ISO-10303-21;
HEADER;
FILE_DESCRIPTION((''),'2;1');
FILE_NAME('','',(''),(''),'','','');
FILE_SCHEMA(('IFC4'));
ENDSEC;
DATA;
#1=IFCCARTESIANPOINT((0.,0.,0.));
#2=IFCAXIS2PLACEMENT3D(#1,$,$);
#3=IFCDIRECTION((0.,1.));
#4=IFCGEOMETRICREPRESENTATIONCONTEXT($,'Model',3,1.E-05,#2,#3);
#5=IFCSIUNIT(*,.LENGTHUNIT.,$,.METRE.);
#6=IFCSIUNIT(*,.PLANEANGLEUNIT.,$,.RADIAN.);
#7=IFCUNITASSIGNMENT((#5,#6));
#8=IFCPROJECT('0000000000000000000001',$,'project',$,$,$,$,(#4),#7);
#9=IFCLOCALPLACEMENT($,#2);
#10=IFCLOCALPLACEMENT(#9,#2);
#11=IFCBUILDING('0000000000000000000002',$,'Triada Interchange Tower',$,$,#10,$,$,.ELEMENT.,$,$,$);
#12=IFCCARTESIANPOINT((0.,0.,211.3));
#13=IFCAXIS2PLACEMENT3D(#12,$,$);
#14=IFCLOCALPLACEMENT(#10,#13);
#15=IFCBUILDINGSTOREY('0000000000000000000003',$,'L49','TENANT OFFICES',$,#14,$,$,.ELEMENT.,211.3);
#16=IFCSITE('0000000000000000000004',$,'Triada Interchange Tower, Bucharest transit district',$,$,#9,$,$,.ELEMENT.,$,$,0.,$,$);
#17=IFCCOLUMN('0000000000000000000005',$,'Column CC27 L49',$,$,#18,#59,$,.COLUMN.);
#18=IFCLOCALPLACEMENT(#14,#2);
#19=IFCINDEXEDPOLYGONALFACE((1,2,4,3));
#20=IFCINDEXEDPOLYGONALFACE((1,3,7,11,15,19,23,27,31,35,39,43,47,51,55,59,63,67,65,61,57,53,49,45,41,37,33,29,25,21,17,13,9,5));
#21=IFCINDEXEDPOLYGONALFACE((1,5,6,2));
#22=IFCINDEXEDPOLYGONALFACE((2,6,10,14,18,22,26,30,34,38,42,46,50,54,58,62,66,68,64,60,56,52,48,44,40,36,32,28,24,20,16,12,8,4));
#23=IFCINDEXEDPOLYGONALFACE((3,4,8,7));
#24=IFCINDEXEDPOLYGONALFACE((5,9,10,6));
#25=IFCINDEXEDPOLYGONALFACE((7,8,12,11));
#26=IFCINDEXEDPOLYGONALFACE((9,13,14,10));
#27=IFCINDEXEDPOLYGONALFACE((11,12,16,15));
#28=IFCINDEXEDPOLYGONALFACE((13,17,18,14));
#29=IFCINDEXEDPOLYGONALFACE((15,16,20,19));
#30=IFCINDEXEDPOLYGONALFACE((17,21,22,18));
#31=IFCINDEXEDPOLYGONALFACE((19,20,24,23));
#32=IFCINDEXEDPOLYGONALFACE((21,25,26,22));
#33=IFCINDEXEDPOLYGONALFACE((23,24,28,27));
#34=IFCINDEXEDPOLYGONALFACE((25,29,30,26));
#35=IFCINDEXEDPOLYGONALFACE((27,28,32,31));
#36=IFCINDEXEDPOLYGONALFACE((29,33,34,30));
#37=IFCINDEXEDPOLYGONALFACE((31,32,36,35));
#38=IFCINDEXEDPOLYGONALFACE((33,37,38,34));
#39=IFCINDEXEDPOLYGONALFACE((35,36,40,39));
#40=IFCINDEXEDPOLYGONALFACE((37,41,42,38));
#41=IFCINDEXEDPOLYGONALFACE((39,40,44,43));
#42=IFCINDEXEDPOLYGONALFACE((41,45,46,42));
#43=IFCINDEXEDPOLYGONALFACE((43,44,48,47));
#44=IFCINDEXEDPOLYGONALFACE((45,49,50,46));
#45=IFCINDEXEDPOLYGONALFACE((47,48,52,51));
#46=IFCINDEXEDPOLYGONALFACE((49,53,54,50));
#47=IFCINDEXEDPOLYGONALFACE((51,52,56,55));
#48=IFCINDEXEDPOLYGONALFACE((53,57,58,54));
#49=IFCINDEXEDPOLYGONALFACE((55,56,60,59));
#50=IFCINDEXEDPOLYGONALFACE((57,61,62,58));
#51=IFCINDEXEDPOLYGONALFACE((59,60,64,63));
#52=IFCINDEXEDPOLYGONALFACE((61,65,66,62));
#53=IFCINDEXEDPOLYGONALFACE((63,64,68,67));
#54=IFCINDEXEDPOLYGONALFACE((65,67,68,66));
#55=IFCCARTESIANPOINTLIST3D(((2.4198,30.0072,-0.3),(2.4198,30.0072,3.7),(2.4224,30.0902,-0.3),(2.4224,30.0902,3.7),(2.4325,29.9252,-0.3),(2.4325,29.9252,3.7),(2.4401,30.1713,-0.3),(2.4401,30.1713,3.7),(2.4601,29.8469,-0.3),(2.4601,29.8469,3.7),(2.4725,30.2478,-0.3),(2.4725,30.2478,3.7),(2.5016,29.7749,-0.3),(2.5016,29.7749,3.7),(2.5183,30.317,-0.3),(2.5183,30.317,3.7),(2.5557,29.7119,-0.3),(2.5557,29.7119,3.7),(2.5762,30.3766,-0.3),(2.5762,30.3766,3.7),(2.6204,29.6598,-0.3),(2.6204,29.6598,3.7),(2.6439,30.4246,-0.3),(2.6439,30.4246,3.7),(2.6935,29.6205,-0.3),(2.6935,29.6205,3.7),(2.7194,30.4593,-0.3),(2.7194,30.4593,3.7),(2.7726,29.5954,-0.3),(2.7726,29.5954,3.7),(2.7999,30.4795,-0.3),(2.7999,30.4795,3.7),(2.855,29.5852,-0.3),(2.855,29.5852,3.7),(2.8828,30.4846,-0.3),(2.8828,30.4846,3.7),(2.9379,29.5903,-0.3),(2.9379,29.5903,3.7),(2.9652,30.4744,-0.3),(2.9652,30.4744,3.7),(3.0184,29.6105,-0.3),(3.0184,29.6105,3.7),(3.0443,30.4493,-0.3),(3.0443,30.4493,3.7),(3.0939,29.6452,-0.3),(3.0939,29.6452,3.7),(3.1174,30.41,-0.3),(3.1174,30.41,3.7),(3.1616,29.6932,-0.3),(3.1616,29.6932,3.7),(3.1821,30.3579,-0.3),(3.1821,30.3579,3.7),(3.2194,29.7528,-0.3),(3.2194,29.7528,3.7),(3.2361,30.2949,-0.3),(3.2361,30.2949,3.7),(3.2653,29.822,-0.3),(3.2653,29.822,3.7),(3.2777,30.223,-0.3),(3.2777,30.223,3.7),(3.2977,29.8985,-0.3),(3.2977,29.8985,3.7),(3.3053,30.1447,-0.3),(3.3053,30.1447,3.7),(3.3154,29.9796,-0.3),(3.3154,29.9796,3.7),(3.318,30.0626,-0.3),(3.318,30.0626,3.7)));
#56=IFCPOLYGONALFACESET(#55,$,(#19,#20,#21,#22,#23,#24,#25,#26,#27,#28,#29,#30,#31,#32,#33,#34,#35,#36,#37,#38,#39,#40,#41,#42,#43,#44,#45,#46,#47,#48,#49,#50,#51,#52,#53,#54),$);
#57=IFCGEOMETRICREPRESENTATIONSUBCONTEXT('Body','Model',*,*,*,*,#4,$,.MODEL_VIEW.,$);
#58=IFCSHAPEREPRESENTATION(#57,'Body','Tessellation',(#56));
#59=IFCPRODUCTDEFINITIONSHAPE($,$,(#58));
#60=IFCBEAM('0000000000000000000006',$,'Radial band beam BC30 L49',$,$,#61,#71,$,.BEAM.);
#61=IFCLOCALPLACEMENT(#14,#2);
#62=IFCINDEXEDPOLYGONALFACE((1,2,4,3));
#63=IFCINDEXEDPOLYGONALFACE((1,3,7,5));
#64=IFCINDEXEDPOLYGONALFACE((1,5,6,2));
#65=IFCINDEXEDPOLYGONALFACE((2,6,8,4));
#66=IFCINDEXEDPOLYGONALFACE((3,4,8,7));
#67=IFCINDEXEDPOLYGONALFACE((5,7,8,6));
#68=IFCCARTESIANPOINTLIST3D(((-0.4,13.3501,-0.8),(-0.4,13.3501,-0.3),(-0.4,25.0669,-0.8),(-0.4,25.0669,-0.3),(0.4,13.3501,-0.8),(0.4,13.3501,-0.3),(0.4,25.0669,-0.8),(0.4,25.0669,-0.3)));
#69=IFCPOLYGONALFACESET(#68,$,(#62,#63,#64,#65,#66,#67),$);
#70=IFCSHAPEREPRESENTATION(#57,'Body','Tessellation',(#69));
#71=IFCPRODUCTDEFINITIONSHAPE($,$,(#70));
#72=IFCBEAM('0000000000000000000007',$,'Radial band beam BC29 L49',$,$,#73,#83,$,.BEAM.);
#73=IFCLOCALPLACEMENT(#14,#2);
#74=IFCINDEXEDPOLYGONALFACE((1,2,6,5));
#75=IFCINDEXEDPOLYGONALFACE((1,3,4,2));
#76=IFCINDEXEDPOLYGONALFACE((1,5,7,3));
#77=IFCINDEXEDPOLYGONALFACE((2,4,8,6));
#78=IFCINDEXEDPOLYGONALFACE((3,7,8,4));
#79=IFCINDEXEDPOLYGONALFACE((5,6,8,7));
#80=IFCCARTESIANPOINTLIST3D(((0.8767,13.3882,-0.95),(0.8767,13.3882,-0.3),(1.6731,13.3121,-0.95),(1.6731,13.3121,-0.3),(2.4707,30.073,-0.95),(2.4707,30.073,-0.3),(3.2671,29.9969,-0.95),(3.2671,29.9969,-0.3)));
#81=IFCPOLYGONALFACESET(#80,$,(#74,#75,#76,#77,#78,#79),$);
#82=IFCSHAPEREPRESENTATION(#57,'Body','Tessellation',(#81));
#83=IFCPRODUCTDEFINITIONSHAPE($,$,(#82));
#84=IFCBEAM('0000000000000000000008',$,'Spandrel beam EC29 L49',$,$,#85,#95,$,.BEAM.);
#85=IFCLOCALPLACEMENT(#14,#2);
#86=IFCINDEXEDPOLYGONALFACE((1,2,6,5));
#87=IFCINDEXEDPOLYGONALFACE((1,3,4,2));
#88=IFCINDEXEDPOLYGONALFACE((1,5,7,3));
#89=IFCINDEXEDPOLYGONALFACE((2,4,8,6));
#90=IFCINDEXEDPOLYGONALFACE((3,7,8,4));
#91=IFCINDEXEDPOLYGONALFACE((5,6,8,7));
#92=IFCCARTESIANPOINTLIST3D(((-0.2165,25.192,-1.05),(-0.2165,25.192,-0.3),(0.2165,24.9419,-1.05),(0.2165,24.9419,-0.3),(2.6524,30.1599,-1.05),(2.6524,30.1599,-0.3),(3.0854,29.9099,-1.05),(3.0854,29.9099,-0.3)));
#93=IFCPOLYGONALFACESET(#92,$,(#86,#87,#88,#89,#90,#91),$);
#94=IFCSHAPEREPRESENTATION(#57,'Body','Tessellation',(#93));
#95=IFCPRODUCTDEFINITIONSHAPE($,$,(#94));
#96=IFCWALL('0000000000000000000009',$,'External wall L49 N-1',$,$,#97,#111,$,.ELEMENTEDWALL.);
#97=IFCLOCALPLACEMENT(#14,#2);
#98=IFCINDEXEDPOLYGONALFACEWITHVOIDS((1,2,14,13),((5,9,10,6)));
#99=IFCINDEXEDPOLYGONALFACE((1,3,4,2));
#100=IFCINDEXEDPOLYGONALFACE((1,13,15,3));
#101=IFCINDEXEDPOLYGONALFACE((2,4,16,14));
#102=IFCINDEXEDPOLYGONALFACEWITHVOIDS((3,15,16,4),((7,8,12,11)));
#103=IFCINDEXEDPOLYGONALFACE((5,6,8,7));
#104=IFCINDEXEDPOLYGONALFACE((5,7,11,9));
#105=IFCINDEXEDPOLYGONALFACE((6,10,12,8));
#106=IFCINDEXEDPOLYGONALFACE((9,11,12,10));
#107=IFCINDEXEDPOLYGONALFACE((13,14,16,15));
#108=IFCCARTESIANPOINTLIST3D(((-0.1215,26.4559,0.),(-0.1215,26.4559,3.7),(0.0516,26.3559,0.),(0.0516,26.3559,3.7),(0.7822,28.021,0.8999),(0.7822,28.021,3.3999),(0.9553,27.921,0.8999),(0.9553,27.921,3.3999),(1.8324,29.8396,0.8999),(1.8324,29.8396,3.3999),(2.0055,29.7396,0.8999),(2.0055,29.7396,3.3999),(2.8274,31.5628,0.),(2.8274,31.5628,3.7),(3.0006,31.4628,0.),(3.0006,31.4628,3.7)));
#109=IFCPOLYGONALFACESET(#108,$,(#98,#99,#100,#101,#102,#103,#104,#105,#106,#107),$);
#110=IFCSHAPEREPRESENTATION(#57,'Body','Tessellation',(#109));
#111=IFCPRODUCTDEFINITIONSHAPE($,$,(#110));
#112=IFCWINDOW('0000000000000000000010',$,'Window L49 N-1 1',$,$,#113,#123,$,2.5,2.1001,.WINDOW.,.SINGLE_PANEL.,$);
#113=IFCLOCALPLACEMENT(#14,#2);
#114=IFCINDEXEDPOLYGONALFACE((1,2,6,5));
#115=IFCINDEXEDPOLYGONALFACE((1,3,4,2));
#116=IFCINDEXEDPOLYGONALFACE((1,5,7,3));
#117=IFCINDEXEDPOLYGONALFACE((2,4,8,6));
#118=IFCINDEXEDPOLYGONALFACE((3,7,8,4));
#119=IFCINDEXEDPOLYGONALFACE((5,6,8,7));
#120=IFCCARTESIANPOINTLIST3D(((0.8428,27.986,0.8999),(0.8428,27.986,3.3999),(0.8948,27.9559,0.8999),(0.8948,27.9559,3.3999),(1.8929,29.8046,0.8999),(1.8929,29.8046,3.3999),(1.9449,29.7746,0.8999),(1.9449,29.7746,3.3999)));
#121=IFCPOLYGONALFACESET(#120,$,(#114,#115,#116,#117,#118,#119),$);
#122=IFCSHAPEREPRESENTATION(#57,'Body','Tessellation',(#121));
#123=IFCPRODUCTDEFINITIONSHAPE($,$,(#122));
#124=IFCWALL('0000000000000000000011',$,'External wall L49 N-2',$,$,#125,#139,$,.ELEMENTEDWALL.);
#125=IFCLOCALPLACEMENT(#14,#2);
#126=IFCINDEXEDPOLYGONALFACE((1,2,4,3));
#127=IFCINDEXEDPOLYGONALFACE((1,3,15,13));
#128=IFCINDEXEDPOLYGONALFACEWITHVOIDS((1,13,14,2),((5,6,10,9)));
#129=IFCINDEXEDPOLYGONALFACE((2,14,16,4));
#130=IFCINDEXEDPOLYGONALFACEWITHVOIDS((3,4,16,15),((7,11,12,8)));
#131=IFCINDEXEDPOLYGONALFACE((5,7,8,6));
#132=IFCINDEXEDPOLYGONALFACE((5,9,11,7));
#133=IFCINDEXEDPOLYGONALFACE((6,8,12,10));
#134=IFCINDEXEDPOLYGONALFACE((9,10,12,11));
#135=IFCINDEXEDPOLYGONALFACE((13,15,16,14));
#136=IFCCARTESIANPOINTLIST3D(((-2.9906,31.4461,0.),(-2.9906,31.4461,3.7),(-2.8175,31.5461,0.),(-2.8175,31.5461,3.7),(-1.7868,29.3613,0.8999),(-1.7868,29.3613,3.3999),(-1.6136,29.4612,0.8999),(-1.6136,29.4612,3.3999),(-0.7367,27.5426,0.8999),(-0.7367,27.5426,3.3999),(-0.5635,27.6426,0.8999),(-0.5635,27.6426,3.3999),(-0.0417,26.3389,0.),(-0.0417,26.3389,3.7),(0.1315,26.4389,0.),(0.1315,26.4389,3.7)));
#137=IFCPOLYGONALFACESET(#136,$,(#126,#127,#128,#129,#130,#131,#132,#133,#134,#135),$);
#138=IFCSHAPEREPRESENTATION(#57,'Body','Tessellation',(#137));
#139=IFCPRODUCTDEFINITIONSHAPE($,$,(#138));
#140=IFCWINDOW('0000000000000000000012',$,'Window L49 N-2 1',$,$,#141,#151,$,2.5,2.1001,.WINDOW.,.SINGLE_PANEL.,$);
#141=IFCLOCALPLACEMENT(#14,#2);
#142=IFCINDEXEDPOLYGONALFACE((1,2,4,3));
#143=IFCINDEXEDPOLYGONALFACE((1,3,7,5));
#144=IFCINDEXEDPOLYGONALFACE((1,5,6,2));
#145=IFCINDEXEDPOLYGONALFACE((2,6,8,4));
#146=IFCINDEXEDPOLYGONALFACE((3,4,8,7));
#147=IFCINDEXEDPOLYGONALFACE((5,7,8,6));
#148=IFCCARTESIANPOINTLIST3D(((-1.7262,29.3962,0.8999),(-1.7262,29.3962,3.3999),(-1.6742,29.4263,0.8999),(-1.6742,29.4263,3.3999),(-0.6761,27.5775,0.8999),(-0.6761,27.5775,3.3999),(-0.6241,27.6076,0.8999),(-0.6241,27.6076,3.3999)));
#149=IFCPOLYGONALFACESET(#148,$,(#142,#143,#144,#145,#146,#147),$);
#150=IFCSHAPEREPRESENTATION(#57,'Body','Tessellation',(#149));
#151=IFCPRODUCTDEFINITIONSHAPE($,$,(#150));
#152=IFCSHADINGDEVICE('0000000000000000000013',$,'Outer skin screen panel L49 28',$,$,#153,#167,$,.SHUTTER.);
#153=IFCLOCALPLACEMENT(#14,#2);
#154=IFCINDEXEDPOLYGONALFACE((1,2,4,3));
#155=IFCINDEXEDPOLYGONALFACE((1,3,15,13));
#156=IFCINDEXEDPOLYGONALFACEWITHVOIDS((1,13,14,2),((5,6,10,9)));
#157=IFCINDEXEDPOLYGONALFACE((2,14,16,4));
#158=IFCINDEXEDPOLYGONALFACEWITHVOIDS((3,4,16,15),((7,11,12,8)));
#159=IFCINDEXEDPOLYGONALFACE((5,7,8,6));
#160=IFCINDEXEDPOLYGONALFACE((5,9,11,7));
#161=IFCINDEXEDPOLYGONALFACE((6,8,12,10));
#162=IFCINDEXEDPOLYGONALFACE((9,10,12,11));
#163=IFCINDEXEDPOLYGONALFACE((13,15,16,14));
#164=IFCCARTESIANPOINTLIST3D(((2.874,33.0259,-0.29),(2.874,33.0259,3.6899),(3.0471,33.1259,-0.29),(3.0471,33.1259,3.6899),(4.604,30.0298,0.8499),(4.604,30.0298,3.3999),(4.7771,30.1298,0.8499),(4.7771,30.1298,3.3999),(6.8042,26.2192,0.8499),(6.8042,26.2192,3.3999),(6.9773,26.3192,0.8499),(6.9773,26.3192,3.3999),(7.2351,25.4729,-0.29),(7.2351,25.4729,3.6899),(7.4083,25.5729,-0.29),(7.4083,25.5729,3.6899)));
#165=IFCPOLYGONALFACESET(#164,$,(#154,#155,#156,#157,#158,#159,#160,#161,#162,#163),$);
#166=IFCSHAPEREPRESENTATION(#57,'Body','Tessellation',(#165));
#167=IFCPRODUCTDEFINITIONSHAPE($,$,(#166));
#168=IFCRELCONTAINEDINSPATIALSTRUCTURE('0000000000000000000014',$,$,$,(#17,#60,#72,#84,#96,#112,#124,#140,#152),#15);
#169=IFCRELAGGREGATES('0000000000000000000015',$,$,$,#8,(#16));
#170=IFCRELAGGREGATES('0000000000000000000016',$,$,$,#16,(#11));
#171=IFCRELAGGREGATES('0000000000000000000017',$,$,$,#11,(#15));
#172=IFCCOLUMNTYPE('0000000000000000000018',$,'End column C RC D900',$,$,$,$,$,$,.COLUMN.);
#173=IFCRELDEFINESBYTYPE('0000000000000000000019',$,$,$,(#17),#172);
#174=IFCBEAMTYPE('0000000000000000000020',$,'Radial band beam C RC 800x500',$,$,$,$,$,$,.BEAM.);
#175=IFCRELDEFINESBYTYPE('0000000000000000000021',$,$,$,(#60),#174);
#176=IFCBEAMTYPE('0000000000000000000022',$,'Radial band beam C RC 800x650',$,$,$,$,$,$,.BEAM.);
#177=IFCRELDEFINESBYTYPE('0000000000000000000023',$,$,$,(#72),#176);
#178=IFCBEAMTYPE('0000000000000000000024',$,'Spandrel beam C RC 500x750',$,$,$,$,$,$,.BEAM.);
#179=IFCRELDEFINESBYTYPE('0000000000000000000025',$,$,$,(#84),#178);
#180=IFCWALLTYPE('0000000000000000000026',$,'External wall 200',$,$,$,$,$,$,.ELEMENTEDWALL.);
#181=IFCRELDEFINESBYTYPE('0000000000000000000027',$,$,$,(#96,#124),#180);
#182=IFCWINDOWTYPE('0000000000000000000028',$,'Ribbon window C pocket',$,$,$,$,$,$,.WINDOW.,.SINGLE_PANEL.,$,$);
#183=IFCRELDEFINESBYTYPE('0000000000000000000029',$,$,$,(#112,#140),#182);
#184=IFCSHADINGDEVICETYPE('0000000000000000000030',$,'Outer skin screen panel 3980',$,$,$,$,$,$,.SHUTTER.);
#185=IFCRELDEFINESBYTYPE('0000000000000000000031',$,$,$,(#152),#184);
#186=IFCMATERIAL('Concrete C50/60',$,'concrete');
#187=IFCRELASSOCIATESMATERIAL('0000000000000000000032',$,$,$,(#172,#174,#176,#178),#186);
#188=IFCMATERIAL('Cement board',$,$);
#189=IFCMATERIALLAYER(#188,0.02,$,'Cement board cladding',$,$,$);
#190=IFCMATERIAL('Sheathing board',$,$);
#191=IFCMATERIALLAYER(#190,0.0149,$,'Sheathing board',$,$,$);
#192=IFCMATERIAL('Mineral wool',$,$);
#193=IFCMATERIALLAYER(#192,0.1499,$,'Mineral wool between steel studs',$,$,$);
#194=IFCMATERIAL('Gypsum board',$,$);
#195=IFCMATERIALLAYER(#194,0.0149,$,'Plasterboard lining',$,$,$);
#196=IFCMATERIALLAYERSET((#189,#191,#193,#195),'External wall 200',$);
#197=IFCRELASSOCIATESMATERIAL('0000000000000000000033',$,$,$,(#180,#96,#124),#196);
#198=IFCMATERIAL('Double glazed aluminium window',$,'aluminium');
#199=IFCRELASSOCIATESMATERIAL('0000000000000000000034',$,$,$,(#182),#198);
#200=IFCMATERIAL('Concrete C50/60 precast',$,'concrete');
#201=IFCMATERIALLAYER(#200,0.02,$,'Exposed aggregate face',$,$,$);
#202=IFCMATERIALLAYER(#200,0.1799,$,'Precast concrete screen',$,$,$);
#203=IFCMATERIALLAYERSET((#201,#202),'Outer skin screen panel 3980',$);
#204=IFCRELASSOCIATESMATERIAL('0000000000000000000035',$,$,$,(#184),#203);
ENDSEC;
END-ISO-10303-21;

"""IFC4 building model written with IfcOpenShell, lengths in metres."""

from ifc_helpers import new_model, si_unit, direction, frame, frame_2d, origin, origin_2d, place, context, subcontext, project, spatial, polyline, rectangle, circle, outline, extrude, material, layer, layer_set, layer_usage, material_profile, profile_set, type_object, element, fill, save


model = new_model("IFC4")

# Units and contexts
model_context = context("Model", 3, precision=1e-05, world=origin(), true_north=direction((0.0, 1.0)))
body_context = subcontext(model_context, "Body", "Model", "MODEL_VIEW")
ifc_project = project(units=[si_unit("LENGTHUNIT", "METRE"), si_unit("PLANEANGLEUNIT", "RADIAN")], contexts=[model_context])

# Site, building, storey
site_placement = place(None, origin())
site = spatial("IfcSite", under=ifc_project, at=site_placement, Name="Triada Interchange Tower, Bucharest transit district", CompositionType="ELEMENT", RefElevation=0.0)
building_placement = place(site_placement, origin())
building = spatial("IfcBuilding", under=site, at=building_placement, Name="Triada Interchange Tower", CompositionType="ELEMENT")
storey_placement = place(building_placement, frame((0.0, 0.0, 211.3)))
storey = spatial("IfcBuildingStorey", under=building, at=storey_placement, Name="L49", Description="TENANT OFFICES", CompositionType="ELEMENT", Elevation=211.3)

# Column
ifc_material_1 = material(Name="Concrete C50/60", Category="concrete")
ifc_material_profile_1 = material_profile(ifc_material_1, circle(Radius=0.45, at=origin_2d()), Name="RC D900")
ifc_profile_set_1 = profile_set([ifc_material_profile_1], Name="Concrete C50/60")
column_type = type_object("IfcColumnType", Name="End column C RC D900", PredefinedType="COLUMN", material=ifc_profile_set_1)
column_placement = place(storey_placement, frame((2.8689, 30.0349, -0.3), z_axis=(0.0, 0.0, 1.0), x_axis=(-0.5, 0.866025, 0.0)))
element("IfcColumn", 1, at=column_placement, inside=storey, type_object=column_type, Name="Column CC27 L49", PredefinedType="COLUMN", context=body_context, shape_type="SweptSolid", body=[
    extrude(circle(Radius=0.45, at=origin_2d()), origin(), (0.0, 0.0, 1.0), 4.0),
])

# Beams
ifc_material_profile_2 = material_profile(ifc_material_1, rectangle(XDim=0.8, YDim=0.5, at=origin_2d()), Name="RC 800x500")
ifc_profile_set_2 = profile_set([ifc_material_profile_2], Name="Concrete C50/60")
beam_type_1 = type_object("IfcBeamType", Name="Radial band beam C RC 800x500", PredefinedType="BEAM", material=ifc_profile_set_2)
beam_1_placement = place(storey_placement, frame((0.0, 25.0669, -0.55), z_axis=(0.0, -1.0, 0.0), x_axis=(1.0, 0.0, 0.0)))
element("IfcBeam", 2, at=beam_1_placement, inside=storey, type_object=beam_type_1, Name="Radial band beam BC30 L49", PredefinedType="BEAM", context=body_context, shape_type="SweptSolid", body=[
    extrude(rectangle(XDim=0.8, YDim=0.5, at=origin_2d()), origin(), (0.0, 0.0, 1.0), 11.7168),
])
ifc_material_profile_3 = material_profile(ifc_material_1, rectangle(XDim=0.8, YDim=0.6499, at=origin_2d()), Name="RC 800x650")
ifc_profile_set_3 = profile_set([ifc_material_profile_3], Name="Concrete C50/60")
beam_type_2 = type_object("IfcBeamType", Name="Radial band beam C RC 800x650", PredefinedType="BEAM", material=ifc_profile_set_3)
beam_2_placement = place(storey_placement, frame((2.8689, 30.0349, -0.625), z_axis=(-0.095103, -0.995467, 0.0), x_axis=(0.995467, -0.095103, 0.0)))
element("IfcBeam", 3, at=beam_2_placement, inside=storey, type_object=beam_type_2, Name="Radial band beam BC29 L49", PredefinedType="BEAM", context=body_context, shape_type="SweptSolid", body=[
    extrude(rectangle(XDim=0.8, YDim=0.6499, at=origin_2d()), origin(), (0.0, 0.0, 1.0), 16.7607),
])
ifc_material_profile_4 = material_profile(ifc_material_1, rectangle(XDim=0.5, YDim=0.75, at=origin_2d()), Name="RC 500x750")
ifc_profile_set_4 = profile_set([ifc_material_profile_4], Name="Concrete C50/60")
beam_type_3 = type_object("IfcBeamType", Name="Spandrel beam C RC 500x750", PredefinedType="BEAM", material=ifc_profile_set_4)
beam_3_placement = place(storey_placement, frame((2.8689, 30.0349, -0.675), z_axis=(-0.50008, -0.865979, 0.0), x_axis=(0.865979, -0.50008, 0.0)))
element("IfcBeam", 4, at=beam_3_placement, inside=storey, type_object=beam_type_3, Name="Spandrel beam EC29 L49", PredefinedType="BEAM", context=body_context, shape_type="SweptSolid", body=[
    extrude(rectangle(XDim=0.5, YDim=0.75, at=origin_2d()), origin(), (0.0, 0.0, 1.0), 5.7368),
])

# Walls, openings, windows
ifc_material_2 = material(Name="Cement board")
ifc_layer_1 = layer(ifc_material_2, 0.02, Name="Cement board cladding")
ifc_material_3 = material(Name="Sheathing board")
ifc_layer_2 = layer(ifc_material_3, 0.0149, Name="Sheathing board")
ifc_material_4 = material(Name="Mineral wool")
ifc_layer_3 = layer(ifc_material_4, 0.1499, Name="Mineral wool between steel studs")
ifc_material_5 = material(Name="Gypsum board")
ifc_layer_4 = layer(ifc_material_5, 0.0149, Name="Plasterboard lining")
ifc_layer_set_1 = layer_set([ifc_layer_1, ifc_layer_2, ifc_layer_3, ifc_layer_4], Name="External wall 200")
ifc_layer_usage = layer_usage(ifc_layer_set_1, "AXIS2", "POSITIVE", -0.1001)
wall_type = type_object("IfcWallType", Name="External wall 200", PredefinedType="ELEMENTEDWALL", material=ifc_layer_set_1)
wall_1_placement = place(storey_placement, frame((2.9141, 31.5129, 0.0), z_axis=(0.0, 0.0, 1.0), x_axis=(-0.500062, -0.86599, 0.0)))
wall_1 = element("IfcWall", 5, at=wall_1_placement, inside=storey, type_object=wall_type, material=ifc_layer_usage, Name="External wall L49 N-1", PredefinedType="ELEMENTEDWALL", context=body_context, shape_type="SweptSolid", body=[
    extrude(rectangle(XDim=5.8972, YDim=0.2, at=frame_2d((2.9487, 0.0))), origin(), (0.0, 0.0, 1.0), 3.7),
])
opening_1_placement = place(wall_1_placement, frame((1.99, 0.0, 0.8999)))
opening_1 = element("IfcOpeningElement", 6, at=opening_1_placement, cuts=wall_1, PredefinedType="OPENING", context=body_context, shape_type="SweptSolid", body=[
    extrude(rectangle(XDim=2.1001, YDim=2.5, at=frame_2d((1.05, 1.25))), frame((0.0, 0.1099, 0.0), z_axis=(0.0, -1.0, 0.0), x_axis=(1.0, 0.0, 0.0)), (0.0, 0.0, 1.0), 0.22),
])
ifc_material_6 = material(Name="Double glazed aluminium window", Category="aluminium")
window_type = type_object("IfcWindowType", Name="Ribbon window C pocket", PartitioningType="SINGLE_PANEL", PredefinedType="WINDOW", material=ifc_material_6)
window_1_placement = place(opening_1_placement, origin())
window_1 = element("IfcWindow", 7, at=window_1_placement, inside=storey, type_object=window_type, Name="Window L49 N-1 1", OverallHeight=2.5, OverallWidth=2.1001, PartitioningType="SINGLE_PANEL", PredefinedType="WINDOW", context=body_context, shape_type="SweptSolid", body=[
    extrude(rectangle(XDim=2.1001, YDim=2.5, at=frame_2d((1.05, 1.25))), frame((0.0, 0.03, 0.0), z_axis=(0.0, -1.0, 0.0), x_axis=(1.0, 0.0, 0.0)), (0.0, 0.0, 1.0), 0.0601),
])
fill(opening_1, window_1)
wall_2_placement = place(storey_placement, frame((0.0449, 26.3889, 0.0), z_axis=(0.0, 0.0, 1.0), x_axis=(-0.500044, 0.866, 0.0)))
wall_2 = element("IfcWall", 8, at=wall_2_placement, inside=storey, type_object=wall_type, material=ifc_layer_usage, Name="External wall L49 N-2", PredefinedType="ELEMENTEDWALL", context=body_context, shape_type="SweptSolid", body=[
    extrude(rectangle(XDim=5.8975, YDim=0.2, at=frame_2d((2.9487, 0.0))), origin(), (0.0, 0.0, 1.0), 3.7),
])
opening_2_placement = place(wall_2_placement, frame((1.3899, 0.0, 0.8999)))
opening_2 = element("IfcOpeningElement", 9, at=opening_2_placement, cuts=wall_2, PredefinedType="OPENING", context=body_context, shape_type="SweptSolid", body=[
    extrude(rectangle(XDim=2.1001, YDim=2.5, at=frame_2d((1.05, 1.25))), frame((0.0, 0.1099, 0.0), z_axis=(0.0, -1.0, 0.0), x_axis=(1.0, 0.0, 0.0)), (0.0, 0.0, 1.0), 0.22),
])
window_2_placement = place(opening_2_placement, origin())
window_2 = element("IfcWindow", 10, at=window_2_placement, inside=storey, type_object=window_type, Name="Window L49 N-2 1", OverallHeight=2.5, OverallWidth=2.1001, PartitioningType="SINGLE_PANEL", PredefinedType="WINDOW", context=body_context, shape_type="SweptSolid", body=[
    extrude(rectangle(XDim=2.1001, YDim=2.5, at=frame_2d((1.05, 1.25))), frame((0.0, 0.03, 0.0), z_axis=(0.0, -1.0, 0.0), x_axis=(1.0, 0.0, 0.0)), (0.0, 0.0, 1.0), 0.0601),
])
fill(opening_2, window_2)

# Shading device
ifc_material_7 = material(Name="Concrete C50/60 precast", Category="concrete")
ifc_layer_5 = layer(ifc_material_7, 0.02, Name="Exposed aggregate face")
ifc_layer_6 = layer(ifc_material_7, 0.1799, Name="Precast concrete screen")
ifc_layer_set_2 = layer_set([ifc_layer_5, ifc_layer_6], Name="Outer skin screen panel 3980")
shading_device_type = type_object("IfcShadingDeviceType", Name="Outer skin screen panel 3980", PredefinedType="SHUTTER", material=ifc_layer_set_2)
shading_device_1_placement = place(storey_placement, frame((7.2351, 25.4729, -0.29), z_axis=(0.0, 0.0, 1.0), x_axis=(-0.500032, 0.866007, 0.0)))
element("IfcShadingDevice", 11, at=shading_device_1_placement, inside=storey, type_object=shading_device_type, Name="Outer skin screen panel L49 28", PredefinedType="SHUTTER", context=body_context, shape_type="SweptSolid", body=[
    extrude(outline(polyline([(0.0, 0.0), (8.7217, 0.0), (8.7217, 3.98), (0.0, 3.98), (0.0, 0.0)]), holes=[polyline([(0.8618, 1.1399), (0.8618, 3.6899), (5.262, 3.6899), (5.262, 1.1399), (0.8618, 1.1399)])]), frame((0.0, 0.0, 0.0), z_axis=(0.0, -1.0, 0.0), x_axis=(1.0, 0.0, 0.0)), (0.0, 0.0, 1.0), 0.2),
])

save(model, "model.ifc")
